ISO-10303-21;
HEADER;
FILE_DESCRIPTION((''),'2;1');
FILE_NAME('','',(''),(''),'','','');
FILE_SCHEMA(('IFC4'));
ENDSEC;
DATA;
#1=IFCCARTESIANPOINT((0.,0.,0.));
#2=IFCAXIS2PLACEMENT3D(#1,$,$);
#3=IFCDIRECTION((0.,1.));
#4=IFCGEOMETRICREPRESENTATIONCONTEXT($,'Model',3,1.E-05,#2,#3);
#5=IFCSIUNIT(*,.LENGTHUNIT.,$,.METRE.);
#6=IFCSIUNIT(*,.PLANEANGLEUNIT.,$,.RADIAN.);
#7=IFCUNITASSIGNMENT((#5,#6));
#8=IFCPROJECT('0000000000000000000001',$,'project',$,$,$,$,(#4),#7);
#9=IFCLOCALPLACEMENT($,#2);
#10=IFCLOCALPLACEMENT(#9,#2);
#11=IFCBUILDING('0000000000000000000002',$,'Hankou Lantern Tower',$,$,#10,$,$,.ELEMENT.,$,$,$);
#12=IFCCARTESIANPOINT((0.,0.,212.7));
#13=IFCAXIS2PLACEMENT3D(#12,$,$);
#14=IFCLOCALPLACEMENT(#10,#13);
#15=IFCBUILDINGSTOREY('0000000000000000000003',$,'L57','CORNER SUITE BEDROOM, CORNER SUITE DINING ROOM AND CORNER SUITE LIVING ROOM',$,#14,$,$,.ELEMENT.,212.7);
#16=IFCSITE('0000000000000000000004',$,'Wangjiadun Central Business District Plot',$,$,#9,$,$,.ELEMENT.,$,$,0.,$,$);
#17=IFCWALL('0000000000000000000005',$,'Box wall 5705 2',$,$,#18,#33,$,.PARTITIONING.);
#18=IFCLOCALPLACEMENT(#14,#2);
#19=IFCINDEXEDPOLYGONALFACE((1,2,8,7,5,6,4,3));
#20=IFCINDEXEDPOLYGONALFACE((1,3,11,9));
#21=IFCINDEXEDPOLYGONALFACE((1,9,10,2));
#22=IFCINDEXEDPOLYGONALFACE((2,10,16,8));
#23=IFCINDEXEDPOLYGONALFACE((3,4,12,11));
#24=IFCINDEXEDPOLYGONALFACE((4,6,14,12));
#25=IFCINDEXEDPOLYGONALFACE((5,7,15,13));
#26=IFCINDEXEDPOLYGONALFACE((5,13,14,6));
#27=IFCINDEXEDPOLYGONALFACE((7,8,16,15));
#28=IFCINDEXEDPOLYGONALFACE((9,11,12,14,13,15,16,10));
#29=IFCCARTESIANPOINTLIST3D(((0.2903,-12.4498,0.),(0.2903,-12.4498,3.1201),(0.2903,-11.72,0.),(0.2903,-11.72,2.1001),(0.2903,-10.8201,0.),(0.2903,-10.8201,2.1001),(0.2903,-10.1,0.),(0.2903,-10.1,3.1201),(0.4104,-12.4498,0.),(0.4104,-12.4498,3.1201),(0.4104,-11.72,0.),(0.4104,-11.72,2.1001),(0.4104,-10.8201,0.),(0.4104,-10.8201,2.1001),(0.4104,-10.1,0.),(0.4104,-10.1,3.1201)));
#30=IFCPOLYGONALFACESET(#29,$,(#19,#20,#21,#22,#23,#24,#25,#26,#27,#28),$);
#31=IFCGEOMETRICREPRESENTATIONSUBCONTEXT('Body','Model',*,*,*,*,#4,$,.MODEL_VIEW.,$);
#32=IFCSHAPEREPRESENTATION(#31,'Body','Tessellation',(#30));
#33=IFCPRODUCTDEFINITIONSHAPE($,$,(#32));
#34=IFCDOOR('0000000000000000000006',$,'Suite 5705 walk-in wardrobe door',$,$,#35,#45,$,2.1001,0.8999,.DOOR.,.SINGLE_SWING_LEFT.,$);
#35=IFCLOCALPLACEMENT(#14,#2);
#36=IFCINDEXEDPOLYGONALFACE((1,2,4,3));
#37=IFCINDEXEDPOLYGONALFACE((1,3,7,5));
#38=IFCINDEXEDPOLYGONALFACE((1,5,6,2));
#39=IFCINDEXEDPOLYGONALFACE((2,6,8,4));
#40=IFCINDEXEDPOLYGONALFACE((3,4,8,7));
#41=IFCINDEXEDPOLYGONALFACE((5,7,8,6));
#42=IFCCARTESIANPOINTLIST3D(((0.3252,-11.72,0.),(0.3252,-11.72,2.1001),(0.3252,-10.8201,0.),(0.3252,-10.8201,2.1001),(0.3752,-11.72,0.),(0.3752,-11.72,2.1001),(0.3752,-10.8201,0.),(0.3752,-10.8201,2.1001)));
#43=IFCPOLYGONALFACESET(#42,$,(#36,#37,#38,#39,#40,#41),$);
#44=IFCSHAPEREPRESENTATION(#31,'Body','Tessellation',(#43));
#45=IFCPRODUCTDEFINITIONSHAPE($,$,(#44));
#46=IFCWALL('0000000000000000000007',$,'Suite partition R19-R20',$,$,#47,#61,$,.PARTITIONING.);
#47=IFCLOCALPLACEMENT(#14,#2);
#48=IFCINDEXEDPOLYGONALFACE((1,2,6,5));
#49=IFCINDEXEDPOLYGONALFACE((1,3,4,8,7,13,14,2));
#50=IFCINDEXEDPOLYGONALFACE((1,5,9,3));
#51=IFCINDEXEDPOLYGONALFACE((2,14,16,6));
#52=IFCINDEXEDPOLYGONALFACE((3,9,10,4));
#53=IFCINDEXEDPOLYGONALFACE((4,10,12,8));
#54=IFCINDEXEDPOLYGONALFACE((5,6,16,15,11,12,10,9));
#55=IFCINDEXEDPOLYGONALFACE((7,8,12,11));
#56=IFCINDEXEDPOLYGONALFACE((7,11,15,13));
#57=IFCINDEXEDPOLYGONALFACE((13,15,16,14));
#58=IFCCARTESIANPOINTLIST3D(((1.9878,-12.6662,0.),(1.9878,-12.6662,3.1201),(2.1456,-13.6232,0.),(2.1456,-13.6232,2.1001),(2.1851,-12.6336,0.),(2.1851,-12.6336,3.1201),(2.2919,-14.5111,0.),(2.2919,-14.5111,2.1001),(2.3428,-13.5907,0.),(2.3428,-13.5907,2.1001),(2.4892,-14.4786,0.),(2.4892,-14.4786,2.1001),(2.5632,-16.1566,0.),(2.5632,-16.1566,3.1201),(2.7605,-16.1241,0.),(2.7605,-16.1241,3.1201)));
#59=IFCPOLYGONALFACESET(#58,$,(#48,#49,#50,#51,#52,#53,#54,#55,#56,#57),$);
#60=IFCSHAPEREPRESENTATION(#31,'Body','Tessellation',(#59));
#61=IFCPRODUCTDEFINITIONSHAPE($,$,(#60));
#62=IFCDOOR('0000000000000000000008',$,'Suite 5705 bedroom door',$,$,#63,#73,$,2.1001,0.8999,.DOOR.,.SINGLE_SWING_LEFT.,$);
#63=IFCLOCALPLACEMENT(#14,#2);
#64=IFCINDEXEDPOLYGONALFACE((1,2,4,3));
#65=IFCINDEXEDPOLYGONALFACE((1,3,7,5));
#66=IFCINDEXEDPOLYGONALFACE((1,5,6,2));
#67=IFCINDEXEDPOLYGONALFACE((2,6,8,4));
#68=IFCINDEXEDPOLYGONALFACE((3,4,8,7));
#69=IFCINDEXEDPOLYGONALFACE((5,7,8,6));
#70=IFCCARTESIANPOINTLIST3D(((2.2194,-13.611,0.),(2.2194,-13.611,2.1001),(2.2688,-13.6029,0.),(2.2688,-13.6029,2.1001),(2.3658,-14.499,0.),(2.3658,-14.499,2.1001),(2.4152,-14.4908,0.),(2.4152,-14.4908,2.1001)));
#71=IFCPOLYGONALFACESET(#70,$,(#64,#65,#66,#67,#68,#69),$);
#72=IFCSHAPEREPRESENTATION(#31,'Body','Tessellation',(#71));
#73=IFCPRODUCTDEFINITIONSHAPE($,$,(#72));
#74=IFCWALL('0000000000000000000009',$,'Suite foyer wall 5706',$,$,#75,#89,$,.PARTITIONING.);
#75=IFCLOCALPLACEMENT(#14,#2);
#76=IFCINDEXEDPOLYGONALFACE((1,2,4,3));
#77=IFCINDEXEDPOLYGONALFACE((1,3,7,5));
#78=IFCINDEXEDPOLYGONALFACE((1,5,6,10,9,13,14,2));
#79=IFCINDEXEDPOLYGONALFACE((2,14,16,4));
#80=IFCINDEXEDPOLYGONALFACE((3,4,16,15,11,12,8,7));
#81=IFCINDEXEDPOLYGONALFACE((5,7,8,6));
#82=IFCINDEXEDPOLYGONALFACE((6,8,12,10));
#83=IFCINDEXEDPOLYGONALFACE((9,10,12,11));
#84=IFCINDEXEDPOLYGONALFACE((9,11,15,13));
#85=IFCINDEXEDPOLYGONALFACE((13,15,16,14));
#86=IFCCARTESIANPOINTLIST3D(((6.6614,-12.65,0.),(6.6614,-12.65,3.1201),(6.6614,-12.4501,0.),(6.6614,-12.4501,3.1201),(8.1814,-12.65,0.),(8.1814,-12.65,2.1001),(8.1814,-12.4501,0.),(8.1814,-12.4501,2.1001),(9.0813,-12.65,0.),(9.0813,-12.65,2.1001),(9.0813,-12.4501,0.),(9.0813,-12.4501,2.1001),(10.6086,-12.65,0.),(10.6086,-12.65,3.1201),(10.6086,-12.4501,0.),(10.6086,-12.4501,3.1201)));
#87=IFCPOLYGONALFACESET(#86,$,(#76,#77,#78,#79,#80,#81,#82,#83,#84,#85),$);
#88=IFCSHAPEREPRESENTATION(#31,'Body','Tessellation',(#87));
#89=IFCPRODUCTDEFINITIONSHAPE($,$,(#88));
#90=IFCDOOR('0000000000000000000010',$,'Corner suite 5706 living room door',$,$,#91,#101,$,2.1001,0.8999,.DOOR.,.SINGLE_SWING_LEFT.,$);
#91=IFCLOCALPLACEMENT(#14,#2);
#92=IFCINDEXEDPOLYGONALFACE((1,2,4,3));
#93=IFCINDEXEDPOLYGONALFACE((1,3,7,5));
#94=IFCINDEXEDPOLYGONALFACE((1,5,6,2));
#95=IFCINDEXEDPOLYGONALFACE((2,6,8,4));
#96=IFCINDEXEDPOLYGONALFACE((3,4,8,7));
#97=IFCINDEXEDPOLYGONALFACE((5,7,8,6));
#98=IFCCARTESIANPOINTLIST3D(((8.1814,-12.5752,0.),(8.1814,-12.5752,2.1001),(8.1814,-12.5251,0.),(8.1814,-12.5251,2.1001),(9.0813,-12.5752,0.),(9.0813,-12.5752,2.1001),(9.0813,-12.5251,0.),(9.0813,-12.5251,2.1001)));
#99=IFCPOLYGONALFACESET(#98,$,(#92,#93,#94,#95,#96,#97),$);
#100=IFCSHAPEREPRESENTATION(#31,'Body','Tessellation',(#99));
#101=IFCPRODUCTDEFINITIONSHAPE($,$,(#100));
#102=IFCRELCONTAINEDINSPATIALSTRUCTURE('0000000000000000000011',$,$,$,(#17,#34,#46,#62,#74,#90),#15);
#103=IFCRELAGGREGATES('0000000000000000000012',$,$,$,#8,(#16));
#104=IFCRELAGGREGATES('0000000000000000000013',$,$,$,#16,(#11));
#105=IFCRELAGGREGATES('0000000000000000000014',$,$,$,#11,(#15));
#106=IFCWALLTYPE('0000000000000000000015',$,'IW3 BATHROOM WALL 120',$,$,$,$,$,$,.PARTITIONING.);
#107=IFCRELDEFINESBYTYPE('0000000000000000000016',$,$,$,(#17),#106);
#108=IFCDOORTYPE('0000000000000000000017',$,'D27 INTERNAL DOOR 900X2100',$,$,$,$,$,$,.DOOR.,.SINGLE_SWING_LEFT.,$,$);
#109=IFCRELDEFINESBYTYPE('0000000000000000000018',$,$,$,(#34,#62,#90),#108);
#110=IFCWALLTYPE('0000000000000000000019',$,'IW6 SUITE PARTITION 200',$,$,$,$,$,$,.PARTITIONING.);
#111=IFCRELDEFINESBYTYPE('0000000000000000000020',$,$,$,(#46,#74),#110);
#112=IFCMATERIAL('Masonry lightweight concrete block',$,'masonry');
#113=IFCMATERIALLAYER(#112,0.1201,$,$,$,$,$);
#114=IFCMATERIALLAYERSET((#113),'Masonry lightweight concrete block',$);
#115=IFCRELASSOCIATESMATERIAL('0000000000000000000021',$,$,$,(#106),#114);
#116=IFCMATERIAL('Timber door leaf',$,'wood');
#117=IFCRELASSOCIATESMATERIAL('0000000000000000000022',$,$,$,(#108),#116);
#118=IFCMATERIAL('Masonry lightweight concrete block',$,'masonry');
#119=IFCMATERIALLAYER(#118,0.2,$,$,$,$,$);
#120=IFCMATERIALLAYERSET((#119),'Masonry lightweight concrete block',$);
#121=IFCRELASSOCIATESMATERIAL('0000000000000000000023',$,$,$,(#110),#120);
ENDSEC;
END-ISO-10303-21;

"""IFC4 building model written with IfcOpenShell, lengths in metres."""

from ifc_helpers import new_model, si_unit, direction, frame, frame_2d, origin, place, context, subcontext, project, spatial, rectangle, extrude, material, layer, layer_set, type_object, element, fill, save


model = new_model("IFC4")

# Units and contexts
model_context = context("Model", 3, precision=1e-05, world=origin(), true_north=direction((0.0, 1.0)))
body_context = subcontext(model_context, "Body", "Model", "MODEL_VIEW")
ifc_project = project(units=[si_unit("LENGTHUNIT", "METRE"), si_unit("PLANEANGLEUNIT", "RADIAN")], contexts=[model_context])

# Site, building, storey
site_placement = place(None, origin())
site = spatial("IfcSite", under=ifc_project, at=site_placement, Name="Wangjiadun Central Business District Plot", CompositionType="ELEMENT", RefElevation=0.0)
building_placement = place(site_placement, origin())
building = spatial("IfcBuilding", under=site, at=building_placement, Name="Hankou Lantern Tower", CompositionType="ELEMENT")
storey_placement = place(building_placement, frame((0.0, 0.0, 212.7)))
storey = spatial("IfcBuildingStorey", under=building, at=storey_placement, Name="L57", Description="CORNER SUITE BEDROOM, CORNER SUITE DINING ROOM AND CORNER SUITE LIVING ROOM", CompositionType="ELEMENT", Elevation=212.7)

# Walls, openings, doors
ifc_material_1 = material(Name="Masonry lightweight concrete block", Category="masonry")
ifc_layer_1 = layer(ifc_material_1, 0.1201)
ifc_layer_set_1 = layer_set([ifc_layer_1], Name="Masonry lightweight concrete block")
wall_type_1 = type_object("IfcWallType", Name="IW3 BATHROOM WALL 120", PredefinedType="PARTITIONING", material=ifc_layer_set_1)
wall_1_placement = place(storey_placement, frame((0.3503, -10.1001, 0.0), z_axis=(0.0, 0.0, 1.0), x_axis=(0.0, -1.0, 0.0)))
wall_1 = element("IfcWall", 1, at=wall_1_placement, inside=storey, type_object=wall_type_1, Name="Box wall 5705 2", PredefinedType="PARTITIONING", context=body_context, shape_type="SweptSolid", body=[
    extrude(rectangle(XDim=2.3499, YDim=0.1201, at=frame_2d((1.1748, 0.0))), origin(), (0.0, 0.0, 1.0), 3.1201),
])
opening_1_placement = place(wall_1_placement, frame((0.72, 0.0, 0.0)))
opening_1 = element("IfcOpeningElement", 2, at=opening_1_placement, cuts=wall_1, PredefinedType="OPENING", context=body_context, shape_type="SweptSolid", body=[
    extrude(rectangle(XDim=0.8999, YDim=2.1001, at=frame_2d((0.45, 1.05))), frame((0.0, 0.0701, 0.0), z_axis=(0.0, -1.0, 0.0), x_axis=(1.0, 0.0, 0.0)), (0.0, 0.0, 1.0), 0.1401),
])
ifc_material_2 = material(Name="Timber door leaf", Category="wood")
door_type = type_object("IfcDoorType", Name="D27 INTERNAL DOOR 900X2100", OperationType="SINGLE_SWING_LEFT", PredefinedType="DOOR", material=ifc_material_2)
door_1_placement = place(opening_1_placement, origin())
door_1 = element("IfcDoor", 3, at=door_1_placement, inside=storey, type_object=door_type, Name="Suite 5705 walk-in wardrobe door", OperationType="SINGLE_SWING_LEFT", OverallHeight=2.1001, OverallWidth=0.8999, PredefinedType="DOOR", context=body_context, shape_type="SweptSolid", body=[
    extrude(rectangle(XDim=0.8999, YDim=2.1001, at=frame_2d((0.45, 1.05))), frame((0.0, 0.0249, 0.0), z_axis=(0.0, -1.0, 0.0), x_axis=(1.0, 0.0, 0.0)), (0.0, 0.0, 1.0), 0.05),
])
fill(opening_1, door_1)
ifc_material_3 = material(Name="Masonry lightweight concrete block", Category="masonry")
ifc_layer_2 = layer(ifc_material_3, 0.2)
ifc_layer_set_2 = layer_set([ifc_layer_2], Name="Masonry lightweight concrete block")
wall_type_2 = type_object("IfcWallType", Name="IW6 SUITE PARTITION 200", PredefinedType="PARTITIONING", material=ifc_layer_set_2)
wall_2_placement = place(storey_placement, frame((2.0864, -12.6499, 0.0), z_axis=(0.0, 0.0, 1.0), x_axis=(0.162664, -0.986682, 0.0)))
wall_2 = element("IfcWall", 4, at=wall_2_placement, inside=storey, type_object=wall_type_2, Name="Suite partition R19-R20", PredefinedType="PARTITIONING", context=body_context, shape_type="SweptSolid", body=[
    extrude(rectangle(XDim=3.5376, YDim=0.2, at=frame_2d((1.7688, 0.0))), origin(), (0.0, 0.0, 1.0), 3.1201),
])
opening_2_placement = place(wall_2_placement, frame((0.97, 0.0, 0.0)))
opening_2 = element("IfcOpeningElement", 5, at=opening_2_placement, cuts=wall_2, PredefinedType="OPENING", context=body_context, shape_type="SweptSolid", body=[
    extrude(rectangle(XDim=0.8999, YDim=2.1001, at=frame_2d((0.45, 1.05))), frame((0.0, 0.1099, 0.0), z_axis=(0.0, -1.0, 0.0), x_axis=(1.0, 0.0, 0.0)), (0.0, 0.0, 1.0), 0.22),
])
door_2_placement = place(opening_2_placement, origin())
door_2 = element("IfcDoor", 6, at=door_2_placement, inside=storey, type_object=door_type, Name="Suite 5705 bedroom door", OperationType="SINGLE_SWING_LEFT", OverallHeight=2.1001, OverallWidth=0.8999, PredefinedType="DOOR", context=body_context, shape_type="SweptSolid", body=[
    extrude(rectangle(XDim=0.8999, YDim=2.1001, at=frame_2d((0.45, 1.05))), frame((0.0, 0.0249, 0.0), z_axis=(0.0, -1.0, 0.0), x_axis=(1.0, 0.0, 0.0)), (0.0, 0.0, 1.0), 0.05),
])
fill(opening_2, door_2)
wall_3_placement = place(storey_placement, frame((6.6614, -12.55, 0.0), z_axis=(0.0, 0.0, 1.0), x_axis=(1.0, 0.0, 0.0)))
wall_3 = element("IfcWall", 7, at=wall_3_placement, inside=storey, type_object=wall_type_2, Name="Suite foyer wall 5706", PredefinedType="PARTITIONING", context=body_context, shape_type="SweptSolid", body=[
    extrude(rectangle(XDim=3.9473, YDim=0.2, at=frame_2d((1.9736, 0.0))), origin(), (0.0, 0.0, 1.0), 3.1201),
])
opening_3_placement = place(wall_3_placement, frame((1.52, 0.0, 0.0)))
opening_3 = element("IfcOpeningElement", 8, at=opening_3_placement, cuts=wall_3, PredefinedType="OPENING", context=body_context, shape_type="SweptSolid", body=[
    extrude(rectangle(XDim=0.8999, YDim=2.1001, at=frame_2d((0.45, 1.05))), frame((0.0, 0.1099, 0.0), z_axis=(0.0, -1.0, 0.0), x_axis=(1.0, 0.0, 0.0)), (0.0, 0.0, 1.0), 0.22),
])
door_3_placement = place(opening_3_placement, origin())
door_3 = element("IfcDoor", 9, at=door_3_placement, inside=storey, type_object=door_type, Name="Corner suite 5706 living room door", OperationType="SINGLE_SWING_LEFT", OverallHeight=2.1001, OverallWidth=0.8999, PredefinedType="DOOR", context=body_context, shape_type="SweptSolid", body=[
    extrude(rectangle(XDim=0.8999, YDim=2.1001, at=frame_2d((0.45, 1.05))), frame((0.0, 0.0249, 0.0), z_axis=(0.0, -1.0, 0.0), x_axis=(1.0, 0.0, 0.0)), (0.0, 0.0, 1.0), 0.05),
])
fill(opening_3, door_3)

save(model, "model.ifc")
